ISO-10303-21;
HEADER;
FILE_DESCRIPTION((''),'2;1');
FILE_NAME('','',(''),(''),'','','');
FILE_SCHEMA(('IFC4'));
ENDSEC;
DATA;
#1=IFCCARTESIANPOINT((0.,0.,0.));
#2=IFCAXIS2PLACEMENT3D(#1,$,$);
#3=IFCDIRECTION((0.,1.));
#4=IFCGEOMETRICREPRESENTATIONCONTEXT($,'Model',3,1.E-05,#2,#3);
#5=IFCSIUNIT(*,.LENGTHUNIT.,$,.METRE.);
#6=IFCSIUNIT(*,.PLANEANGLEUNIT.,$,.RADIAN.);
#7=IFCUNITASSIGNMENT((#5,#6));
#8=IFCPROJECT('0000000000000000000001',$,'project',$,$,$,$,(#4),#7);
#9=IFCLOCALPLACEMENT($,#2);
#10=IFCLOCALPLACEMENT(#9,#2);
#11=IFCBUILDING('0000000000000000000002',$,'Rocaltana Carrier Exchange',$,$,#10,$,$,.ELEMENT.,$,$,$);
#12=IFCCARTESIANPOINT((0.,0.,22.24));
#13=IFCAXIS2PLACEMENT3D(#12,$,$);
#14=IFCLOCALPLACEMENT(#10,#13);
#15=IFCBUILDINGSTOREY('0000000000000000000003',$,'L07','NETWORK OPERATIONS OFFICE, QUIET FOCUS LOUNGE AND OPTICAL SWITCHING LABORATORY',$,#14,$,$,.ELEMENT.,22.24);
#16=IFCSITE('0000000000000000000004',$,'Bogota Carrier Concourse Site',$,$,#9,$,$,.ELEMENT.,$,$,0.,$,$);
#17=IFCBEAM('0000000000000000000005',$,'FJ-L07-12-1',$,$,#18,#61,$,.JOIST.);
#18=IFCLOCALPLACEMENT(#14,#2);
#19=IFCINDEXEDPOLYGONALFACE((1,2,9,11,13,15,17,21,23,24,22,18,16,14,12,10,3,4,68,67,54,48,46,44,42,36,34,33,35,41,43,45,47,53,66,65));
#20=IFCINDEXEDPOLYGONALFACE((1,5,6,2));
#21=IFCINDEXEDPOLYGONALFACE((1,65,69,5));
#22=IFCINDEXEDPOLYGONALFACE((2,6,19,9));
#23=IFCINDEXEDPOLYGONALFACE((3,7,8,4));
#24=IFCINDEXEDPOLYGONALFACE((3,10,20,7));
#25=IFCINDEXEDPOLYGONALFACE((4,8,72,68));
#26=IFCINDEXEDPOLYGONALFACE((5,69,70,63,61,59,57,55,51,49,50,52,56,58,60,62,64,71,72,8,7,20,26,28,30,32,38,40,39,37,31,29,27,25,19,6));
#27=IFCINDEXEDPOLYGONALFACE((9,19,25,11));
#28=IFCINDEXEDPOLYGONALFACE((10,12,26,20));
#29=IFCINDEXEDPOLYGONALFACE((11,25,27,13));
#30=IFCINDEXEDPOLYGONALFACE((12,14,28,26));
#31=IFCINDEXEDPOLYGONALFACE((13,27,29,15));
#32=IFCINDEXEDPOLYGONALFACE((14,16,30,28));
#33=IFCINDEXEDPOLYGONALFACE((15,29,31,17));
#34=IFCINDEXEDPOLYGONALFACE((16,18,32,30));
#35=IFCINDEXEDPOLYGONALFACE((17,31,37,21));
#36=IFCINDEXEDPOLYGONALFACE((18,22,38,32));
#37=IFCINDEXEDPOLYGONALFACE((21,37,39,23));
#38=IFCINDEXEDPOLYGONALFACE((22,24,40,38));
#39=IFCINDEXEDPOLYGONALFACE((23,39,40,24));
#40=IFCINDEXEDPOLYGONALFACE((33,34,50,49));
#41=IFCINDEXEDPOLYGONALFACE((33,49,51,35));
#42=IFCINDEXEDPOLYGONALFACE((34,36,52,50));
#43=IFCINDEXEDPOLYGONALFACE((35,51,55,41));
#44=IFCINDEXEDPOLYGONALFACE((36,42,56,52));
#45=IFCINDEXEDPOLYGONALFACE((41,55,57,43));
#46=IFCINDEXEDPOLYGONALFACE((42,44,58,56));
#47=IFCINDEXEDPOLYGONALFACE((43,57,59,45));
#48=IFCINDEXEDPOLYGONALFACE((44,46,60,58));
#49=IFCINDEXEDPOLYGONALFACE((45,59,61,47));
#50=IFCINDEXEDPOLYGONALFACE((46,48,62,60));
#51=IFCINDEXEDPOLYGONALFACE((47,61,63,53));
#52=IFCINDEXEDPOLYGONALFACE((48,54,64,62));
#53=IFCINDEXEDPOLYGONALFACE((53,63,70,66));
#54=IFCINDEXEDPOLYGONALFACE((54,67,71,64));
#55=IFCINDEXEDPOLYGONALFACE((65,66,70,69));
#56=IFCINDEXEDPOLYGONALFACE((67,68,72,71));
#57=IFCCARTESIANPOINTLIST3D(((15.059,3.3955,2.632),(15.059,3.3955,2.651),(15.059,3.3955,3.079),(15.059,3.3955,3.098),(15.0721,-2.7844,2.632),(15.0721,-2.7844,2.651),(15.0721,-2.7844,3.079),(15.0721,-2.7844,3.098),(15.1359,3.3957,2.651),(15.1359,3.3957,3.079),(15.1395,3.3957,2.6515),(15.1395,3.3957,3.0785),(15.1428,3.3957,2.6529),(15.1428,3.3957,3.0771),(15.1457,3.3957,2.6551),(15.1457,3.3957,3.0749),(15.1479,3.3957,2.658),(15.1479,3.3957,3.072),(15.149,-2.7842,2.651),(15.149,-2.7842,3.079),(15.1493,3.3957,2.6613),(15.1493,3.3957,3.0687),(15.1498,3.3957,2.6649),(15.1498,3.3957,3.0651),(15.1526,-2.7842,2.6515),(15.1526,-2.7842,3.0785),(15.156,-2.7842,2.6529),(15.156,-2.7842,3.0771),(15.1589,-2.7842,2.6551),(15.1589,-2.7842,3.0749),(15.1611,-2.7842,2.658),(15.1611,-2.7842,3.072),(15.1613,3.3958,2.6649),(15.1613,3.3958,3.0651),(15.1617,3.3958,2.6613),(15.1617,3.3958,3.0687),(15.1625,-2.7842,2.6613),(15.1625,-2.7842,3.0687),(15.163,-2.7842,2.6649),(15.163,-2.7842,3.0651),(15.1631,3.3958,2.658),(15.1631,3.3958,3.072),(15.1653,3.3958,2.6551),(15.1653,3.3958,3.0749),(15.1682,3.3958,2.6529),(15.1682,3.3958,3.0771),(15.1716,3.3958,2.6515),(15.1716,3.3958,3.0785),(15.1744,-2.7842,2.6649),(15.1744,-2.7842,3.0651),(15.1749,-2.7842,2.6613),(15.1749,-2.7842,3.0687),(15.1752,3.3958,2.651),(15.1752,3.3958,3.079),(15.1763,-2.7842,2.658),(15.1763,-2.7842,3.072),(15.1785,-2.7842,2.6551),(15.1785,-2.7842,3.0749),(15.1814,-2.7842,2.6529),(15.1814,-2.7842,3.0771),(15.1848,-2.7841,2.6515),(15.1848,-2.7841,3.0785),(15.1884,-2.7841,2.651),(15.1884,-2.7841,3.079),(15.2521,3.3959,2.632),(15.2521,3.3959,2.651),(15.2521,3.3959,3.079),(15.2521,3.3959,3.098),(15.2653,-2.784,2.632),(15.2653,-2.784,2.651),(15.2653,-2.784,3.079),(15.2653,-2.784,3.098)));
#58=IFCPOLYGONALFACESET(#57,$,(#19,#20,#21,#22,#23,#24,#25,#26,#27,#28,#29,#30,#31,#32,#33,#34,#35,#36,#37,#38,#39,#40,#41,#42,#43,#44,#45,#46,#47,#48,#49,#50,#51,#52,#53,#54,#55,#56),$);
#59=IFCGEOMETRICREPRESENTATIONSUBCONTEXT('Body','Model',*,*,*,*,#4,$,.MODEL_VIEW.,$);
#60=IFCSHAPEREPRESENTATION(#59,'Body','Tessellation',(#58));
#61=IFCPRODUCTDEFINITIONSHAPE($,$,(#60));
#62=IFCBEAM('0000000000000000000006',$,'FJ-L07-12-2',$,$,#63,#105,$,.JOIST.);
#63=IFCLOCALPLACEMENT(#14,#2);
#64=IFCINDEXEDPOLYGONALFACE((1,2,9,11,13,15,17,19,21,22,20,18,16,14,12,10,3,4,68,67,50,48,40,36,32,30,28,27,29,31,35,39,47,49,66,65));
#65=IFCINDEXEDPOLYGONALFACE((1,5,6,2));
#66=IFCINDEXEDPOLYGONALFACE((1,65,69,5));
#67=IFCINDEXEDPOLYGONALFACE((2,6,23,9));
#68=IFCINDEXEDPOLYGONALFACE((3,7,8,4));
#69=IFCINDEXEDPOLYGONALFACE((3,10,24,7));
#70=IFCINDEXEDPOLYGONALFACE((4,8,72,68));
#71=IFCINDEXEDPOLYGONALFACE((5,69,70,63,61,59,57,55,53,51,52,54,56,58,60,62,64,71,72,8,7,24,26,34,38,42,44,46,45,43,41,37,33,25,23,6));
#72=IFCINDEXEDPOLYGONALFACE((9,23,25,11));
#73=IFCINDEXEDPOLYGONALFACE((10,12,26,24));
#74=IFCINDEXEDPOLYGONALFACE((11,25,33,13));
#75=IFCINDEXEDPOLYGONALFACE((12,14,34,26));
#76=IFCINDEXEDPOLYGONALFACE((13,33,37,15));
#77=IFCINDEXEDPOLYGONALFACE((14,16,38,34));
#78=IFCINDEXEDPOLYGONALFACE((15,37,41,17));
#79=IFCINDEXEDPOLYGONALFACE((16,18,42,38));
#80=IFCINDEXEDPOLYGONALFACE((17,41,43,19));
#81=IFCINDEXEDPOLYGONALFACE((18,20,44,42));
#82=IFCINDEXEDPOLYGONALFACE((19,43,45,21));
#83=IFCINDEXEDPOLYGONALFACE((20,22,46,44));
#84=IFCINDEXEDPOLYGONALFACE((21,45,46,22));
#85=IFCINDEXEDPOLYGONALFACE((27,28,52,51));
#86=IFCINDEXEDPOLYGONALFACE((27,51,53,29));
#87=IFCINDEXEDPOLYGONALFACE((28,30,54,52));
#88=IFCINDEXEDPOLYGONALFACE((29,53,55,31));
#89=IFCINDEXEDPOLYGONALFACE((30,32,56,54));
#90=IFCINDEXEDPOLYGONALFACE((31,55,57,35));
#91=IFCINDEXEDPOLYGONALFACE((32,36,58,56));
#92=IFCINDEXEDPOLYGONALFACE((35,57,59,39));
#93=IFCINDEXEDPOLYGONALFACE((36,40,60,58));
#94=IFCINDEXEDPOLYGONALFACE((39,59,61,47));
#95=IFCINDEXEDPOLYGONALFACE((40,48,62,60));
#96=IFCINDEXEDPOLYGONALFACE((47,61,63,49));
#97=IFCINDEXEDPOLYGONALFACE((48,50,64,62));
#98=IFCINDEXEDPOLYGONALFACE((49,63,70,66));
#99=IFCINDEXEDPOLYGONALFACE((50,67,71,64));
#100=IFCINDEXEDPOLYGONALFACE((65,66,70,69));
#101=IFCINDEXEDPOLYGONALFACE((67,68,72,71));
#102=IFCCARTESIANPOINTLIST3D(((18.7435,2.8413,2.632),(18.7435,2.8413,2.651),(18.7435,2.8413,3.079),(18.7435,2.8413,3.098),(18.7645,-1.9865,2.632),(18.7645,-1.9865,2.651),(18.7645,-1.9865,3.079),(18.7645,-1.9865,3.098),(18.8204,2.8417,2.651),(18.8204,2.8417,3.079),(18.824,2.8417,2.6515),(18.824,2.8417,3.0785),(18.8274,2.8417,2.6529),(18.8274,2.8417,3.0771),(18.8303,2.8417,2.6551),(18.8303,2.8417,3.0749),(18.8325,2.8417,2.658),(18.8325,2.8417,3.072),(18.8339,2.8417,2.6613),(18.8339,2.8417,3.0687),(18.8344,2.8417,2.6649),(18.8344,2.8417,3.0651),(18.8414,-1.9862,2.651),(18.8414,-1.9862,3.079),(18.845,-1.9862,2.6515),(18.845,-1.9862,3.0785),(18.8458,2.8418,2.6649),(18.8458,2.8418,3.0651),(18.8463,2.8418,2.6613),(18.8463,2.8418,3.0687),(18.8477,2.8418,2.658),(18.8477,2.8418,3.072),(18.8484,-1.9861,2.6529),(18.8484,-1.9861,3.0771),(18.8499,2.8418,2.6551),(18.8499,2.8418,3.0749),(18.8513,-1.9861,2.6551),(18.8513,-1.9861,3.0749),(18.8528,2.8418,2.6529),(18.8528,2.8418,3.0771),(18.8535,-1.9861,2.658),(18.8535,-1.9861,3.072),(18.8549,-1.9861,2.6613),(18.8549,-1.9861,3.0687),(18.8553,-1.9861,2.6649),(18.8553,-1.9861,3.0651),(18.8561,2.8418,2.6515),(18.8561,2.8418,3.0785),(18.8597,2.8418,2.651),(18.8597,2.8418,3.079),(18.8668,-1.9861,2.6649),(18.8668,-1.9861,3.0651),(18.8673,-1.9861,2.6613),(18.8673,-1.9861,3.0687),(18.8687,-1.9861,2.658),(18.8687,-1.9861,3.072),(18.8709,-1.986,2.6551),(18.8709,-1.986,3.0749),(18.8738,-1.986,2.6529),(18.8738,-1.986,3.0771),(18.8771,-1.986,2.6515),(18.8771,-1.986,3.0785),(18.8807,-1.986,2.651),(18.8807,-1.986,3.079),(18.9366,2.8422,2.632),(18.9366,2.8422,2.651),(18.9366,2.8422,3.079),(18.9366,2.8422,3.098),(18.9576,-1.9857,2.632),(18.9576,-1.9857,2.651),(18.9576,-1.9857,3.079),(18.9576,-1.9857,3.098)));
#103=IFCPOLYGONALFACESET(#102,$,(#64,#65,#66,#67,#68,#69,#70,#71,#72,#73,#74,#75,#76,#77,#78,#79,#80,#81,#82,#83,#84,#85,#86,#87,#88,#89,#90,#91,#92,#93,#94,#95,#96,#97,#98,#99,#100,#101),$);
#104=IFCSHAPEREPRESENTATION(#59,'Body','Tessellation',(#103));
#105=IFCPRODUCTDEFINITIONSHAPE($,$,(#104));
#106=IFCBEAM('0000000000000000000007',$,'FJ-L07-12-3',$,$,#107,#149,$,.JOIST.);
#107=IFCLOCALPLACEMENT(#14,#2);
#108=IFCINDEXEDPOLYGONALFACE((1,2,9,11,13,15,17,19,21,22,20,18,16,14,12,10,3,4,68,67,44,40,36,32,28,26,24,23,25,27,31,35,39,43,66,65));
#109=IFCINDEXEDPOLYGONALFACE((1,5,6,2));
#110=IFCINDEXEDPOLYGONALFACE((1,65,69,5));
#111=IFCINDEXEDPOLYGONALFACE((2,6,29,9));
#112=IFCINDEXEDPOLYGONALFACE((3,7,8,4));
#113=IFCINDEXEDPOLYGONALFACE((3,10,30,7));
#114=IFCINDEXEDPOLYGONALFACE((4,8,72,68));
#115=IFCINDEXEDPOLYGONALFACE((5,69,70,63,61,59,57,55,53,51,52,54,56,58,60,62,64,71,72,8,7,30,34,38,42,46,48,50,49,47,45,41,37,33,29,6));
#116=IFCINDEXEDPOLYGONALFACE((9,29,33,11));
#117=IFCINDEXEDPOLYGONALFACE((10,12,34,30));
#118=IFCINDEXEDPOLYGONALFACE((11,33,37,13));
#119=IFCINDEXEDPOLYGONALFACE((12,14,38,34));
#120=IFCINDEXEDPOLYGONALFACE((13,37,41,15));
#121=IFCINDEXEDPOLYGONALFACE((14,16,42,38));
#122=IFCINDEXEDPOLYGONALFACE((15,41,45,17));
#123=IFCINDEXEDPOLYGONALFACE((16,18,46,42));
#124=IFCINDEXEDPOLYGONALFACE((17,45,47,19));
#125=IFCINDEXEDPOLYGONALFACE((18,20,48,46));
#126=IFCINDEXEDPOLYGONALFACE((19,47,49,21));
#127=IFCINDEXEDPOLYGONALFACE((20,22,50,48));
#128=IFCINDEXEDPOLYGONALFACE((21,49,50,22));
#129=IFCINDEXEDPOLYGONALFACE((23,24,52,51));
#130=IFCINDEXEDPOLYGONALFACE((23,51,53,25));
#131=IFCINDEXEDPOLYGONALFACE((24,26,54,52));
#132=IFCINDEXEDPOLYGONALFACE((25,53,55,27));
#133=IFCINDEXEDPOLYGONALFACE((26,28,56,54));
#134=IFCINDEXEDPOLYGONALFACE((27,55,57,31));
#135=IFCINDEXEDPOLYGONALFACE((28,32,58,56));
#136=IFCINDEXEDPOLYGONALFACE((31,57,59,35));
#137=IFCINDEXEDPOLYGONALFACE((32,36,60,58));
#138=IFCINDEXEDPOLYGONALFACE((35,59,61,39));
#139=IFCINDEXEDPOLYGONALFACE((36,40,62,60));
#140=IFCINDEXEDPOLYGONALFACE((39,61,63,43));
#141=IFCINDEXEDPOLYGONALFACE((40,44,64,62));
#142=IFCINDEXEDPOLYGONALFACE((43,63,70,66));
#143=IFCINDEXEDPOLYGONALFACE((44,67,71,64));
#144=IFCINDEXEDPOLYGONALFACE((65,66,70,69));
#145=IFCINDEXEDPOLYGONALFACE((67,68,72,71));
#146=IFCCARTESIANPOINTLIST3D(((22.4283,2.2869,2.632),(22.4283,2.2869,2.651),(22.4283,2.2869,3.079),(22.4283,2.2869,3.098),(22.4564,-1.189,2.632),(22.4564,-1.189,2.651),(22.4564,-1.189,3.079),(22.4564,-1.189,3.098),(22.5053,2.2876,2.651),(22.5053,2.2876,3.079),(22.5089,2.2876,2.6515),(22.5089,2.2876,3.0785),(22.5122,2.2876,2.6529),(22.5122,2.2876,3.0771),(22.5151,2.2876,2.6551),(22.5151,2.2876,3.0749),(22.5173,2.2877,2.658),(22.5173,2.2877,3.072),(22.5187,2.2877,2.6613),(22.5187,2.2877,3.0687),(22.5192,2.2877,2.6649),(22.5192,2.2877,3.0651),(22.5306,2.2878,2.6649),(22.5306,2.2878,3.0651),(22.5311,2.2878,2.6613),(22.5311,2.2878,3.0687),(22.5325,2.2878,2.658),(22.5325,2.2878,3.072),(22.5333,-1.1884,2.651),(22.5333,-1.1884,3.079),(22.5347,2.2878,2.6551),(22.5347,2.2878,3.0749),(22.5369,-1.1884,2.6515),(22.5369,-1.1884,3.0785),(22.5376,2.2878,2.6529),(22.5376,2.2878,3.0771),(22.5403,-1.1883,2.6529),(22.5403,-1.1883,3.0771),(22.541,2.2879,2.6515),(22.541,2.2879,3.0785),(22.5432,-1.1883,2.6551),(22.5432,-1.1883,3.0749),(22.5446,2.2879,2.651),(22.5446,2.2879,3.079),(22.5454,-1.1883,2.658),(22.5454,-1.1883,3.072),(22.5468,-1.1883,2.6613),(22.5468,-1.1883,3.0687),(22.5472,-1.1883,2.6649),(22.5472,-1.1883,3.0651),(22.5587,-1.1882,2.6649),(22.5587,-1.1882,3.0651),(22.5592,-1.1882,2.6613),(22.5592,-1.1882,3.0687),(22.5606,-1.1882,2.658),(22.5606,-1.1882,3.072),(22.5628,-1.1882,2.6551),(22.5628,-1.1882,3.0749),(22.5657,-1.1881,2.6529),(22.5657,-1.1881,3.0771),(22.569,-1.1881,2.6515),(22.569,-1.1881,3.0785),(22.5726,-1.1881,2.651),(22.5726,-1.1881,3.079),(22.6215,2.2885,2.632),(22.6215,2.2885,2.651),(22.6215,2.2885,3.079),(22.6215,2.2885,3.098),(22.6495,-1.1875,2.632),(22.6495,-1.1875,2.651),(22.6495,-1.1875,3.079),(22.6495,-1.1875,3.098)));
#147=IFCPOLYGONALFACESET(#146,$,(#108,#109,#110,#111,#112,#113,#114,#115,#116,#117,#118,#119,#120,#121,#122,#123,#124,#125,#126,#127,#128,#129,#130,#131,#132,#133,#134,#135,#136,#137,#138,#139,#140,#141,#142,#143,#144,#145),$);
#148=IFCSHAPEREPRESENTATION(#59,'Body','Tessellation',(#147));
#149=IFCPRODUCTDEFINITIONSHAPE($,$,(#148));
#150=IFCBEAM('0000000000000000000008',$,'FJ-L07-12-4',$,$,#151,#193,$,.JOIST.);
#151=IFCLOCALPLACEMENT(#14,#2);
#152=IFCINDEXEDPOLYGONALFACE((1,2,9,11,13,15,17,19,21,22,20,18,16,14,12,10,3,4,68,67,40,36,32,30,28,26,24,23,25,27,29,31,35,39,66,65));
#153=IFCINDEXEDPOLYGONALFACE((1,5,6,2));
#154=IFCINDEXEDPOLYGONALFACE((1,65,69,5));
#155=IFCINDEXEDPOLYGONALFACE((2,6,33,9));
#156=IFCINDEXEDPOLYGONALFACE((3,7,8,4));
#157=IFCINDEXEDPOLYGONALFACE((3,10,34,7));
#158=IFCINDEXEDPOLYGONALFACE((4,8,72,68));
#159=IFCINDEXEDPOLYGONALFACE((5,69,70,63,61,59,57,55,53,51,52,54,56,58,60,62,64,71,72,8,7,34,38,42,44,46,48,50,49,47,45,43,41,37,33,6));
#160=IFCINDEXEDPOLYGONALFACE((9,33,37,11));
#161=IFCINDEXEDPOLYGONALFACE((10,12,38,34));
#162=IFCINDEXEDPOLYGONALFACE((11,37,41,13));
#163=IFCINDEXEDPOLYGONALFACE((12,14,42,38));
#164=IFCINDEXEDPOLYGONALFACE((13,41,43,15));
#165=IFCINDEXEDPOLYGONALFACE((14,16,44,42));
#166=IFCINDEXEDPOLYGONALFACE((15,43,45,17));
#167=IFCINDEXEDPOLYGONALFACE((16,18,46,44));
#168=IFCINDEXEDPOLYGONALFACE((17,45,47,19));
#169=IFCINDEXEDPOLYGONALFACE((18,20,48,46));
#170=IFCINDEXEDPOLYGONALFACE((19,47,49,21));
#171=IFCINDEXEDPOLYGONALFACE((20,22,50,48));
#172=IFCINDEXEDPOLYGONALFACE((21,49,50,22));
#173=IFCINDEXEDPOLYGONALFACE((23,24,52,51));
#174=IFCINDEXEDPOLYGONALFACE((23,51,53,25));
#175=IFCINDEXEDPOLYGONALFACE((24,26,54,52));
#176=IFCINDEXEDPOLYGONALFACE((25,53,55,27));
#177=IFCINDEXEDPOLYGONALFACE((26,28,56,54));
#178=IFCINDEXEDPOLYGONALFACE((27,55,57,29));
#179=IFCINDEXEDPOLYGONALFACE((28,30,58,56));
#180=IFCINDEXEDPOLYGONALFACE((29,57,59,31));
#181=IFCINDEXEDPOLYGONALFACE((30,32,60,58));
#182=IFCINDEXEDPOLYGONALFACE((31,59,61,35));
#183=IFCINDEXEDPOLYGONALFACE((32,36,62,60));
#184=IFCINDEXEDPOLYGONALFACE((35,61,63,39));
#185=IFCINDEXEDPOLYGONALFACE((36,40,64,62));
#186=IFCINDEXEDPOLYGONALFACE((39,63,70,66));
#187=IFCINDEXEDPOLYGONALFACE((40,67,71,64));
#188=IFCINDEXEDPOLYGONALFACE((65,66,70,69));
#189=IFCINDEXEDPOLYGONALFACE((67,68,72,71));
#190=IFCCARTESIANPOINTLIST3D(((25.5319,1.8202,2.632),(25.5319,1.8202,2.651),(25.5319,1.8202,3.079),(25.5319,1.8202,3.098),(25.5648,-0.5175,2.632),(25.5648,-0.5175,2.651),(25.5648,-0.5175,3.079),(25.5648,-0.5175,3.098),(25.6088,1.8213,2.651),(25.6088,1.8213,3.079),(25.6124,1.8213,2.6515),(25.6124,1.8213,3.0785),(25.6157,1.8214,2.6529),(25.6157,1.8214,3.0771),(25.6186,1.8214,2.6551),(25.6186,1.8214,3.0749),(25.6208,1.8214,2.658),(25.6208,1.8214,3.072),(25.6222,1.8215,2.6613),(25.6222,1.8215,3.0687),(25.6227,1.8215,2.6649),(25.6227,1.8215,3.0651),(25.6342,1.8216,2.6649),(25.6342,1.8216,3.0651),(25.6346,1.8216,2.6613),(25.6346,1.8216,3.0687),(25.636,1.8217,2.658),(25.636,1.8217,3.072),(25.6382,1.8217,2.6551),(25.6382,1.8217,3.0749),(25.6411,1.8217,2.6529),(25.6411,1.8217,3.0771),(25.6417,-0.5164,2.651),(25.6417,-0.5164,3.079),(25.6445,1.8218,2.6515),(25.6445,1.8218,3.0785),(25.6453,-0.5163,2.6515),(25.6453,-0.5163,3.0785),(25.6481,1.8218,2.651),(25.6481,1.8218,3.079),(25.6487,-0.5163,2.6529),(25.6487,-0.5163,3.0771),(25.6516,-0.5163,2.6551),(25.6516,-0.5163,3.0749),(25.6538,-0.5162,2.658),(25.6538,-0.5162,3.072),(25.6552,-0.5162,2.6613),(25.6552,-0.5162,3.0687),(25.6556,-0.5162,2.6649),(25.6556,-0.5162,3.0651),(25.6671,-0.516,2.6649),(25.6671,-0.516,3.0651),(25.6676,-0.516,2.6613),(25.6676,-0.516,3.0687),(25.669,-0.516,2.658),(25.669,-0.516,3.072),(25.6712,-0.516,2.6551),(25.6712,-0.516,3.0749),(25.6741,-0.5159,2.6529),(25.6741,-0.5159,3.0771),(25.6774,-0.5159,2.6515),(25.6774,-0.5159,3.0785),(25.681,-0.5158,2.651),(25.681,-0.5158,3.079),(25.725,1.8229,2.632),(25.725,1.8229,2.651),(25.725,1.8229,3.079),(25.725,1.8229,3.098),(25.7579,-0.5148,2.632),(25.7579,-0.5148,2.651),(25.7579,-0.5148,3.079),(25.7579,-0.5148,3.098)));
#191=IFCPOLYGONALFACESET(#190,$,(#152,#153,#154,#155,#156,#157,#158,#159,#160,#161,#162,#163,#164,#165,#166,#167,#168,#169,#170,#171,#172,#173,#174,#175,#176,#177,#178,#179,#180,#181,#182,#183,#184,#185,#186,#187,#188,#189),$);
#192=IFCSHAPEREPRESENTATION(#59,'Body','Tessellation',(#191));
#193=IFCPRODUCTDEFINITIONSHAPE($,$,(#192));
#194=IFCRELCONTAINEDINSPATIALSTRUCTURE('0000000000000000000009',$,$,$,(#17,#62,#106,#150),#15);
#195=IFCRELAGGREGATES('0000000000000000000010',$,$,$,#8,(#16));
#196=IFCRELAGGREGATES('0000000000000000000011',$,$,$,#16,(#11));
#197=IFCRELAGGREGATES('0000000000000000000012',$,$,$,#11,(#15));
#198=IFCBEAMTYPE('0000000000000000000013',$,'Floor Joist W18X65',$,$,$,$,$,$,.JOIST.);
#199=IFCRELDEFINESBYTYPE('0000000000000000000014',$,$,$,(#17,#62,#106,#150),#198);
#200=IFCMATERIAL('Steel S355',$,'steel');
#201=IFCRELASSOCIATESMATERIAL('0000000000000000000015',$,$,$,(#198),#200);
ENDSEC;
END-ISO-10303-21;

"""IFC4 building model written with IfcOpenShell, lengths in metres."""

from ifc_helpers import new_model, si_unit, direction, frame, origin, origin_2d, place, context, subcontext, project, spatial, i_section, extrude, material, material_profile, profile_set, type_object, element, save


model = new_model("IFC4")

# Units and contexts
model_context = context("Model", 3, precision=1e-05, world=origin(), true_north=direction((0.0, 1.0)))
body_context = subcontext(model_context, "Body", "Model", "MODEL_VIEW")
ifc_project = project(units=[si_unit("LENGTHUNIT", "METRE"), si_unit("PLANEANGLEUNIT", "RADIAN")], contexts=[model_context])

# Site, building, storey
site_placement = place(None, origin())
site = spatial("IfcSite", under=ifc_project, at=site_placement, Name="Bogota Carrier Concourse Site", CompositionType="ELEMENT", RefElevation=0.0)
building_placement = place(site_placement, origin())
building = spatial("IfcBuilding", under=site, at=building_placement, Name="Rocaltana Carrier Exchange", CompositionType="ELEMENT")
storey_placement = place(building_placement, frame((0.0, 0.0, 22.24)))
storey = spatial("IfcBuildingStorey", under=building, at=storey_placement, Name="L07", Description="NETWORK OPERATIONS OFFICE, QUIET FOCUS LOUNGE AND OPTICAL SWITCHING LABORATORY", CompositionType="ELEMENT", Elevation=22.24)

# Beams
ifc_material_1 = material(Name="Steel S355", Category="steel")
ifc_material_profile_1 = material_profile(ifc_material_1, i_section(OverallWidth=0.1931, OverallDepth=0.4661, WebThickness=0.0115, FlangeThickness=0.019, FilletRadius=0.0139, at=origin_2d()), Name="W18X65")
ifc_profile_set_1 = profile_set([ifc_material_profile_1], Name="Steel S355")
beam_type_1 = type_object("IfcBeamType", Name="Floor Joist W18X65", PredefinedType="JOIST", material=ifc_profile_set_1)
beam_1_placement = place(storey_placement, frame((15.1687, -2.7842, 2.865), z_axis=(-0.002133, 0.999998, 0.0), x_axis=(-0.999998, -0.002133, 0.0)))
element("IfcBeam", 1, at=beam_1_placement, inside=storey, type_object=beam_type_1, Name="FJ-L07-12-1", PredefinedType="JOIST", context=body_context, shape_type="SweptSolid", body=[
    extrude(i_section(OverallWidth=0.1931, OverallDepth=0.4661, WebThickness=0.0115, FlangeThickness=0.019, FilletRadius=0.0139, at=origin_2d()), origin(), (0.0, 0.0, 1.0), 6.1799),
])
beam_2_placement = place(storey_placement, frame((18.8611, -1.9861, 2.865), z_axis=(-0.004349, 0.999991, 0.0), x_axis=(-0.999991, -0.004349, 0.0)))
element("IfcBeam", 2, at=beam_2_placement, inside=storey, type_object=beam_type_1, Name="FJ-L07-12-2", PredefinedType="JOIST", context=body_context, shape_type="SweptSolid", body=[
    extrude(i_section(OverallWidth=0.1931, OverallDepth=0.4661, WebThickness=0.0115, FlangeThickness=0.019, FilletRadius=0.0139, at=origin_2d()), origin(), (0.0, 0.0, 1.0), 4.8279),
])
beam_3_placement = place(storey_placement, frame((22.553, -1.1882, 2.865), z_axis=(-0.008077, 0.999967, 0.0), x_axis=(-0.999967, -0.008077, 0.0)))
element("IfcBeam", 3, at=beam_3_placement, inside=storey, type_object=beam_type_1, Name="FJ-L07-12-3", PredefinedType="JOIST", context=body_context, shape_type="SweptSolid", body=[
    extrude(i_section(OverallWidth=0.1931, OverallDepth=0.4661, WebThickness=0.0115, FlangeThickness=0.019, FilletRadius=0.0139, at=origin_2d()), origin(), (0.0, 0.0, 1.0), 3.4761),
])
beam_4_placement = place(storey_placement, frame((25.6614, -0.5161, 2.865), z_axis=(-0.014098, 0.999901, 0.0), x_axis=(-0.999901, -0.014098, 0.0)))
element("IfcBeam", 4, at=beam_4_placement, inside=storey, type_object=beam_type_1, Name="FJ-L07-12-4", PredefinedType="JOIST", context=body_context, shape_type="SweptSolid", body=[
    extrude(i_section(OverallWidth=0.1931, OverallDepth=0.4661, WebThickness=0.0115, FlangeThickness=0.019, FilletRadius=0.0139, at=origin_2d()), origin(), (0.0, 0.0, 1.0), 2.3379),
])

save(model, "model.ifc")
